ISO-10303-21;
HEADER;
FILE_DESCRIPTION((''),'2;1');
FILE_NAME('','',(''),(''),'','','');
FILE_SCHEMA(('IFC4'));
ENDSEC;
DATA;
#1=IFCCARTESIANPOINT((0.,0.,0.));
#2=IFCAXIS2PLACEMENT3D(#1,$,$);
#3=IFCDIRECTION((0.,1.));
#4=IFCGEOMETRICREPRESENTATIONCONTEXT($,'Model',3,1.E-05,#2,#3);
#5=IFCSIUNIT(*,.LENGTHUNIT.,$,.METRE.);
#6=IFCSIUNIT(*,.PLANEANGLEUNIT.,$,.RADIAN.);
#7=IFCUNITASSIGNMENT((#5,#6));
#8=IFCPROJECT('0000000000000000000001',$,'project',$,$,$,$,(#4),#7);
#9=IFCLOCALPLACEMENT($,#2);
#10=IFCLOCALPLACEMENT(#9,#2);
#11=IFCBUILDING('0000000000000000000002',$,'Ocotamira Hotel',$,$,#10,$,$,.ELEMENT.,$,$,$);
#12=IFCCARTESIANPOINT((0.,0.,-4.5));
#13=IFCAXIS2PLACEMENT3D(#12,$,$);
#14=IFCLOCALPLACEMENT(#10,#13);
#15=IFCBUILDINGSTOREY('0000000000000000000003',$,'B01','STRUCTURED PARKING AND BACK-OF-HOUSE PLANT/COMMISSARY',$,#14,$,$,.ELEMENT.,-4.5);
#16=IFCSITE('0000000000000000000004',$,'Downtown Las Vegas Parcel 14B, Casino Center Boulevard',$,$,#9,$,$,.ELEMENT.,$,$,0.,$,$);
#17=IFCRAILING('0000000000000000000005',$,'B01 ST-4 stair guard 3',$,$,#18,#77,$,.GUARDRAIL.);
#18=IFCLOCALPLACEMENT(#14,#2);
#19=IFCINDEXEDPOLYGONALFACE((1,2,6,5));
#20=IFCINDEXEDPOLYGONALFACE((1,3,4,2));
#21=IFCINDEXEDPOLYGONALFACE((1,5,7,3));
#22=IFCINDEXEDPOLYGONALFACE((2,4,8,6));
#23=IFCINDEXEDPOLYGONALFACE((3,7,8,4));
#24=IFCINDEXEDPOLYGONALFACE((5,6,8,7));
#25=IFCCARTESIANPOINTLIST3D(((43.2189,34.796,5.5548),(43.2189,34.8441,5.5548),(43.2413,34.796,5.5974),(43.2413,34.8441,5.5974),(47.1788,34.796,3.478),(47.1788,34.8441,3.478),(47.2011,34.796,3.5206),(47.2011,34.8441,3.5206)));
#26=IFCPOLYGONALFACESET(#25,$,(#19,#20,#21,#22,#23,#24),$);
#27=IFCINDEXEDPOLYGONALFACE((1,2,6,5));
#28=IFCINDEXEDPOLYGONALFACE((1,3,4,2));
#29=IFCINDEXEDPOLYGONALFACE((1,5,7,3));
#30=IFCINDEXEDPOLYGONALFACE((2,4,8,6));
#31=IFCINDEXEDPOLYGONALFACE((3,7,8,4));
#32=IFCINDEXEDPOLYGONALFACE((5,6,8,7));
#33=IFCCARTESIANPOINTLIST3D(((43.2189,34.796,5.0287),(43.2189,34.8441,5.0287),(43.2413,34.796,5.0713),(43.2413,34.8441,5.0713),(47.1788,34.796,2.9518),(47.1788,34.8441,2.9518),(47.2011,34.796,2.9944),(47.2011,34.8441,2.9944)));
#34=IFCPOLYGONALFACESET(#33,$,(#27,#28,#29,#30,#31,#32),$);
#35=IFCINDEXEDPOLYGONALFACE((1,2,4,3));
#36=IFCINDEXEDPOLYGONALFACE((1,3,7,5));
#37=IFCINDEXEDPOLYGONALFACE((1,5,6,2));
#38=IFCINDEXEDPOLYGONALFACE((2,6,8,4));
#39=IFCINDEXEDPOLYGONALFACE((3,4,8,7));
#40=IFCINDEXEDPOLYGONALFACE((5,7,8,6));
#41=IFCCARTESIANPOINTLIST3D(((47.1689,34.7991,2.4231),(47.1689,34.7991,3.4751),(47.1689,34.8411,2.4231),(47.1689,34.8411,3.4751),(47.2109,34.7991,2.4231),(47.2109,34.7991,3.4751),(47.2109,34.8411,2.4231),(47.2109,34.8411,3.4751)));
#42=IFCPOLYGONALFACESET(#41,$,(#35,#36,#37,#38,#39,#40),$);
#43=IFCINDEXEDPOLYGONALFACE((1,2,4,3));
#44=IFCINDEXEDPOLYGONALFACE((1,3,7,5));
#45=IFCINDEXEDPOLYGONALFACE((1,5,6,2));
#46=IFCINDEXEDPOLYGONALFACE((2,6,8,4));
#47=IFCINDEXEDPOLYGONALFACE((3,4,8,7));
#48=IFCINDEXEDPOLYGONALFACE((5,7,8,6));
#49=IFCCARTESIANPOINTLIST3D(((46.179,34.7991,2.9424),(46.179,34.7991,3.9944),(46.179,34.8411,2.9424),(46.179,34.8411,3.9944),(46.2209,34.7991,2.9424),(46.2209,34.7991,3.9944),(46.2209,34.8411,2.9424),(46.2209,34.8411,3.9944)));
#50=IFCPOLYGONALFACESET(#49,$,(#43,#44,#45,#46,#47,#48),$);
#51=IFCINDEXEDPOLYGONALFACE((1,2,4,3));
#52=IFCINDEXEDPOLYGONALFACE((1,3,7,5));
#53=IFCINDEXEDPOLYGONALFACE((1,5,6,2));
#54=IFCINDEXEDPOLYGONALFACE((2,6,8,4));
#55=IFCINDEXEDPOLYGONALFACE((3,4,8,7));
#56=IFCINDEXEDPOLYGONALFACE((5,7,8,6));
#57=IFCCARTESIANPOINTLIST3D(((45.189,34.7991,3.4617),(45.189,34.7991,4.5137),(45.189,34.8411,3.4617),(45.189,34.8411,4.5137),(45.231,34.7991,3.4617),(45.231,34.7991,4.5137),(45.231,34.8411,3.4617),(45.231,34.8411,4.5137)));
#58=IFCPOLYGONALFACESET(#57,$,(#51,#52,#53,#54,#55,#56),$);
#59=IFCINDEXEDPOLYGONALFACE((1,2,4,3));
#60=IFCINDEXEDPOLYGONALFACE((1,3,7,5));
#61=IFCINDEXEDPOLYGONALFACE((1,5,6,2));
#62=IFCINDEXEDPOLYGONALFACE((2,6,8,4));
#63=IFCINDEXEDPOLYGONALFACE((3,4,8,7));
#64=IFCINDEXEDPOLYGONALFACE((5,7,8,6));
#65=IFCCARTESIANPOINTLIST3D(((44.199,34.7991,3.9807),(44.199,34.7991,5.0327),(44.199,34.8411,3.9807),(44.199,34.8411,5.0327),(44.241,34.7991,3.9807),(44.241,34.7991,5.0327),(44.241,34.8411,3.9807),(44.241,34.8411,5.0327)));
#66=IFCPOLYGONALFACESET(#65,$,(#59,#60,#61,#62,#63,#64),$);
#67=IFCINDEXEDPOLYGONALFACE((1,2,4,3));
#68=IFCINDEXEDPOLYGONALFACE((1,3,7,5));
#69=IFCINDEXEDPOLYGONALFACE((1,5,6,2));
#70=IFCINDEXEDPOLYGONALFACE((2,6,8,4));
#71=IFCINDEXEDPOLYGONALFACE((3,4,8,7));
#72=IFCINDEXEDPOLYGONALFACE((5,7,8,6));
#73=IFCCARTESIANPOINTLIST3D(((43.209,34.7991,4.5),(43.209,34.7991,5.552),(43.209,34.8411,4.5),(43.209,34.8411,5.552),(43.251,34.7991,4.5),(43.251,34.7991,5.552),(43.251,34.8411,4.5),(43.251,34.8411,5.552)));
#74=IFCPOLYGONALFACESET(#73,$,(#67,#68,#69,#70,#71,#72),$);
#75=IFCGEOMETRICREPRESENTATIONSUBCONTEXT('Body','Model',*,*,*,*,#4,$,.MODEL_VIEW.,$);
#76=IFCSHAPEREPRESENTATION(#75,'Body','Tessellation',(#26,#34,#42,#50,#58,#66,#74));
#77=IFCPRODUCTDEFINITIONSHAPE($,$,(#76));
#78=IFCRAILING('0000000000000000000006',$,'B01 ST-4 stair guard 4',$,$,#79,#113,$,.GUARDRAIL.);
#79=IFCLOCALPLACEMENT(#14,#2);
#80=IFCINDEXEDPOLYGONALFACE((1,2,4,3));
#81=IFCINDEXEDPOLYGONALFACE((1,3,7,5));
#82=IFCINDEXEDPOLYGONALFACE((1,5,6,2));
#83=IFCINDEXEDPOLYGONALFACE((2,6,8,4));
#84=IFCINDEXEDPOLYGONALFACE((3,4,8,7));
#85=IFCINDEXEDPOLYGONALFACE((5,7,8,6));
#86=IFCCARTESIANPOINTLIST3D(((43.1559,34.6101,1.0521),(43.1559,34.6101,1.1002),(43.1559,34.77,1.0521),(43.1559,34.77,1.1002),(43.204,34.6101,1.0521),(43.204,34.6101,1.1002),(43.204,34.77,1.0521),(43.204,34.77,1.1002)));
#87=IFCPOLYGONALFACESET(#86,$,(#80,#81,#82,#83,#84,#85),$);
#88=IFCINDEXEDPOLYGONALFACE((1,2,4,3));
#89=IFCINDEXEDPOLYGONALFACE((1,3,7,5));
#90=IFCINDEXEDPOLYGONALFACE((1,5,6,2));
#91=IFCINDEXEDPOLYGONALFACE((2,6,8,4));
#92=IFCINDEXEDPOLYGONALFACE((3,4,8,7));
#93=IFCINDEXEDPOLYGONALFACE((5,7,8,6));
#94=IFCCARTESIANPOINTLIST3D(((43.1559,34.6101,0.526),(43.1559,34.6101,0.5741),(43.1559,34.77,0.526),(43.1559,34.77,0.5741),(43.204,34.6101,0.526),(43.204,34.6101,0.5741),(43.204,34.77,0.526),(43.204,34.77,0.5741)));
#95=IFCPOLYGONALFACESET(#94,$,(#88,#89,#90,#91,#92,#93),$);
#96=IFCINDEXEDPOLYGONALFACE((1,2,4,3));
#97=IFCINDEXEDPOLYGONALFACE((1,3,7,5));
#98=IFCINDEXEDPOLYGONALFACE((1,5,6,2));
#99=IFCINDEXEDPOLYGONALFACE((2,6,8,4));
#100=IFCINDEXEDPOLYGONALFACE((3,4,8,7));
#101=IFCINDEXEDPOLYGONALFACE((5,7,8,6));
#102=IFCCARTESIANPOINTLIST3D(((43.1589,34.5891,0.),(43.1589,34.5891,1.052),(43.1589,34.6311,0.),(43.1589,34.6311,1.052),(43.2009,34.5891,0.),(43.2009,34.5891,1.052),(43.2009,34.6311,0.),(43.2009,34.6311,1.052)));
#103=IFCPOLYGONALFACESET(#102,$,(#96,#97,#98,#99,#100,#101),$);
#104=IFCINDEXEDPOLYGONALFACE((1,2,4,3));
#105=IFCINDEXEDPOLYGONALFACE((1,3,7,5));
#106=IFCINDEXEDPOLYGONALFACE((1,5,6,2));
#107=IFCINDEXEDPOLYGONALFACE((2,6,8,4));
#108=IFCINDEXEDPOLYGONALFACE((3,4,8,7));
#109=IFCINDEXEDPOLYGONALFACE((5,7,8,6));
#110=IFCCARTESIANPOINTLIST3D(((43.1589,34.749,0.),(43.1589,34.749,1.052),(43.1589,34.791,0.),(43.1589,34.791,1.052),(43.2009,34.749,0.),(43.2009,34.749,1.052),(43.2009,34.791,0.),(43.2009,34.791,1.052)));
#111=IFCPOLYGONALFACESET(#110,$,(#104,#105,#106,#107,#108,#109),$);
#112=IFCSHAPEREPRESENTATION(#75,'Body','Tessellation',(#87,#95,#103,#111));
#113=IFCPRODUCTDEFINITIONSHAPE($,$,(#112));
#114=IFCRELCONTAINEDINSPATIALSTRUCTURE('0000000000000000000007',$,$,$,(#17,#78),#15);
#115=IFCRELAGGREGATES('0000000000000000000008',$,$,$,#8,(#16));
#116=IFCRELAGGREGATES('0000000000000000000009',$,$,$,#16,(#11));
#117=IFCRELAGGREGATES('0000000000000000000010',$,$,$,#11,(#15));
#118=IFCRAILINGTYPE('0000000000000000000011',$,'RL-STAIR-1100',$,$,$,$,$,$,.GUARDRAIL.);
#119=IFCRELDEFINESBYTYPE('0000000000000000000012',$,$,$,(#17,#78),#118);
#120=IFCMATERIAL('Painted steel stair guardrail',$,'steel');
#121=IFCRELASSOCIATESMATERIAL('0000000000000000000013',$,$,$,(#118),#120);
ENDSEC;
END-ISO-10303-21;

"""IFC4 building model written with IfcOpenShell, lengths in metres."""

from ifc_helpers import new_model, si_unit, direction, frame, origin, origin_2d, place, context, subcontext, project, spatial, rectangle, extrude, material, type_object, element, save


model = new_model("IFC4")

# Units and contexts
model_context = context("Model", 3, precision=1e-05, world=origin(), true_north=direction((0.0, 1.0)))
body_context = subcontext(model_context, "Body", "Model", "MODEL_VIEW")
ifc_project = project(units=[si_unit("LENGTHUNIT", "METRE"), si_unit("PLANEANGLEUNIT", "RADIAN")], contexts=[model_context])

# Site, building, storey
site_placement = place(None, origin())
site = spatial("IfcSite", under=ifc_project, at=site_placement, Name="Downtown Las Vegas Parcel 14B, Casino Center Boulevard", CompositionType="ELEMENT", RefElevation=0.0)
building_placement = place(site_placement, origin())
building = spatial("IfcBuilding", under=site, at=building_placement, Name="Ocotamira Hotel", CompositionType="ELEMENT")
storey_placement = place(building_placement, frame((0.0, 0.0, -4.5)))
storey = spatial("IfcBuildingStorey", under=building, at=storey_placement, Name="B01", Description="STRUCTURED PARKING AND BACK-OF-HOUSE PLANT/COMMISSARY", CompositionType="ELEMENT", Elevation=-4.5)

# Railings
ifc_material_1 = material(Name="Painted steel stair guardrail", Category="steel")
railing_type_1 = type_object("IfcRailingType", Name="RL-STAIR-1100", PredefinedType="GUARDRAIL", material=ifc_material_1)
railing_1_placement = place(storey_placement, frame((47.1899, 34.8201, 2.4231)))
element("IfcRailing", 1, at=railing_1_placement, inside=storey, type_object=railing_type_1, Name="B01 ST-4 stair guard 3", PredefinedType="GUARDRAIL", context=body_context, shape_type="SweptSolid", body=[
    extrude(rectangle(XDim=0.0481, YDim=0.0481, at=origin_2d()), frame((0.0, 0.0, 1.0762), z_axis=(-0.885589, 0.0, 0.46447), x_axis=(0.0, -1.0, 0.0)), (0.0, 0.0, 1.0), 4.4714),
    extrude(rectangle(XDim=0.0481, YDim=0.0481, at=origin_2d()), frame((0.0, 0.0, 0.55), z_axis=(-0.885589, 0.0, 0.46447), x_axis=(0.0, -1.0, 0.0)), (0.0, 0.0, 1.0), 4.4714),
    extrude(rectangle(XDim=0.042, YDim=0.042, at=origin_2d()), origin(), (0.0, 0.0, 1.0), 1.052),
    extrude(rectangle(XDim=0.042, YDim=0.042, at=origin_2d()), frame((-0.99, 0.0, 0.5193)), (0.0, 0.0, 1.0), 1.052),
    extrude(rectangle(XDim=0.042, YDim=0.042, at=origin_2d()), frame((-1.98, 0.0, 1.0386)), (0.0, 0.0, 1.0), 1.052),
    extrude(rectangle(XDim=0.042, YDim=0.042, at=origin_2d()), frame((-2.97, 0.0, 1.5576)), (0.0, 0.0, 1.0), 1.052),
    extrude(rectangle(XDim=0.042, YDim=0.042, at=origin_2d()), frame((-3.96, 0.0, 2.0769)), (0.0, 0.0, 1.0), 1.052),
])
railing_2_placement = place(storey_placement, frame((43.1799, 34.6101, 0.0)))
element("IfcRailing", 2, at=railing_2_placement, inside=storey, type_object=railing_type_1, Name="B01 ST-4 stair guard 4", PredefinedType="GUARDRAIL", context=body_context, shape_type="SweptSolid", body=[
    extrude(rectangle(XDim=0.0481, YDim=0.0481, at=origin_2d()), frame((0.0, 0.0, 1.0762), z_axis=(0.0, 1.0, 0.0), x_axis=(-1.0, 0.0, 0.0)), (0.0, 0.0, 1.0), 0.1599),
    extrude(rectangle(XDim=0.0481, YDim=0.0481, at=origin_2d()), frame((0.0, 0.0, 0.55), z_axis=(0.0, 1.0, 0.0), x_axis=(-1.0, 0.0, 0.0)), (0.0, 0.0, 1.0), 0.1599),
    extrude(rectangle(XDim=0.042, YDim=0.042, at=origin_2d()), origin(), (0.0, 0.0, 1.0), 1.052),
    extrude(rectangle(XDim=0.042, YDim=0.042, at=origin_2d()), frame((0.0, 0.1599, 0.0)), (0.0, 0.0, 1.0), 1.052),
])

save(model, "model.ifc")
